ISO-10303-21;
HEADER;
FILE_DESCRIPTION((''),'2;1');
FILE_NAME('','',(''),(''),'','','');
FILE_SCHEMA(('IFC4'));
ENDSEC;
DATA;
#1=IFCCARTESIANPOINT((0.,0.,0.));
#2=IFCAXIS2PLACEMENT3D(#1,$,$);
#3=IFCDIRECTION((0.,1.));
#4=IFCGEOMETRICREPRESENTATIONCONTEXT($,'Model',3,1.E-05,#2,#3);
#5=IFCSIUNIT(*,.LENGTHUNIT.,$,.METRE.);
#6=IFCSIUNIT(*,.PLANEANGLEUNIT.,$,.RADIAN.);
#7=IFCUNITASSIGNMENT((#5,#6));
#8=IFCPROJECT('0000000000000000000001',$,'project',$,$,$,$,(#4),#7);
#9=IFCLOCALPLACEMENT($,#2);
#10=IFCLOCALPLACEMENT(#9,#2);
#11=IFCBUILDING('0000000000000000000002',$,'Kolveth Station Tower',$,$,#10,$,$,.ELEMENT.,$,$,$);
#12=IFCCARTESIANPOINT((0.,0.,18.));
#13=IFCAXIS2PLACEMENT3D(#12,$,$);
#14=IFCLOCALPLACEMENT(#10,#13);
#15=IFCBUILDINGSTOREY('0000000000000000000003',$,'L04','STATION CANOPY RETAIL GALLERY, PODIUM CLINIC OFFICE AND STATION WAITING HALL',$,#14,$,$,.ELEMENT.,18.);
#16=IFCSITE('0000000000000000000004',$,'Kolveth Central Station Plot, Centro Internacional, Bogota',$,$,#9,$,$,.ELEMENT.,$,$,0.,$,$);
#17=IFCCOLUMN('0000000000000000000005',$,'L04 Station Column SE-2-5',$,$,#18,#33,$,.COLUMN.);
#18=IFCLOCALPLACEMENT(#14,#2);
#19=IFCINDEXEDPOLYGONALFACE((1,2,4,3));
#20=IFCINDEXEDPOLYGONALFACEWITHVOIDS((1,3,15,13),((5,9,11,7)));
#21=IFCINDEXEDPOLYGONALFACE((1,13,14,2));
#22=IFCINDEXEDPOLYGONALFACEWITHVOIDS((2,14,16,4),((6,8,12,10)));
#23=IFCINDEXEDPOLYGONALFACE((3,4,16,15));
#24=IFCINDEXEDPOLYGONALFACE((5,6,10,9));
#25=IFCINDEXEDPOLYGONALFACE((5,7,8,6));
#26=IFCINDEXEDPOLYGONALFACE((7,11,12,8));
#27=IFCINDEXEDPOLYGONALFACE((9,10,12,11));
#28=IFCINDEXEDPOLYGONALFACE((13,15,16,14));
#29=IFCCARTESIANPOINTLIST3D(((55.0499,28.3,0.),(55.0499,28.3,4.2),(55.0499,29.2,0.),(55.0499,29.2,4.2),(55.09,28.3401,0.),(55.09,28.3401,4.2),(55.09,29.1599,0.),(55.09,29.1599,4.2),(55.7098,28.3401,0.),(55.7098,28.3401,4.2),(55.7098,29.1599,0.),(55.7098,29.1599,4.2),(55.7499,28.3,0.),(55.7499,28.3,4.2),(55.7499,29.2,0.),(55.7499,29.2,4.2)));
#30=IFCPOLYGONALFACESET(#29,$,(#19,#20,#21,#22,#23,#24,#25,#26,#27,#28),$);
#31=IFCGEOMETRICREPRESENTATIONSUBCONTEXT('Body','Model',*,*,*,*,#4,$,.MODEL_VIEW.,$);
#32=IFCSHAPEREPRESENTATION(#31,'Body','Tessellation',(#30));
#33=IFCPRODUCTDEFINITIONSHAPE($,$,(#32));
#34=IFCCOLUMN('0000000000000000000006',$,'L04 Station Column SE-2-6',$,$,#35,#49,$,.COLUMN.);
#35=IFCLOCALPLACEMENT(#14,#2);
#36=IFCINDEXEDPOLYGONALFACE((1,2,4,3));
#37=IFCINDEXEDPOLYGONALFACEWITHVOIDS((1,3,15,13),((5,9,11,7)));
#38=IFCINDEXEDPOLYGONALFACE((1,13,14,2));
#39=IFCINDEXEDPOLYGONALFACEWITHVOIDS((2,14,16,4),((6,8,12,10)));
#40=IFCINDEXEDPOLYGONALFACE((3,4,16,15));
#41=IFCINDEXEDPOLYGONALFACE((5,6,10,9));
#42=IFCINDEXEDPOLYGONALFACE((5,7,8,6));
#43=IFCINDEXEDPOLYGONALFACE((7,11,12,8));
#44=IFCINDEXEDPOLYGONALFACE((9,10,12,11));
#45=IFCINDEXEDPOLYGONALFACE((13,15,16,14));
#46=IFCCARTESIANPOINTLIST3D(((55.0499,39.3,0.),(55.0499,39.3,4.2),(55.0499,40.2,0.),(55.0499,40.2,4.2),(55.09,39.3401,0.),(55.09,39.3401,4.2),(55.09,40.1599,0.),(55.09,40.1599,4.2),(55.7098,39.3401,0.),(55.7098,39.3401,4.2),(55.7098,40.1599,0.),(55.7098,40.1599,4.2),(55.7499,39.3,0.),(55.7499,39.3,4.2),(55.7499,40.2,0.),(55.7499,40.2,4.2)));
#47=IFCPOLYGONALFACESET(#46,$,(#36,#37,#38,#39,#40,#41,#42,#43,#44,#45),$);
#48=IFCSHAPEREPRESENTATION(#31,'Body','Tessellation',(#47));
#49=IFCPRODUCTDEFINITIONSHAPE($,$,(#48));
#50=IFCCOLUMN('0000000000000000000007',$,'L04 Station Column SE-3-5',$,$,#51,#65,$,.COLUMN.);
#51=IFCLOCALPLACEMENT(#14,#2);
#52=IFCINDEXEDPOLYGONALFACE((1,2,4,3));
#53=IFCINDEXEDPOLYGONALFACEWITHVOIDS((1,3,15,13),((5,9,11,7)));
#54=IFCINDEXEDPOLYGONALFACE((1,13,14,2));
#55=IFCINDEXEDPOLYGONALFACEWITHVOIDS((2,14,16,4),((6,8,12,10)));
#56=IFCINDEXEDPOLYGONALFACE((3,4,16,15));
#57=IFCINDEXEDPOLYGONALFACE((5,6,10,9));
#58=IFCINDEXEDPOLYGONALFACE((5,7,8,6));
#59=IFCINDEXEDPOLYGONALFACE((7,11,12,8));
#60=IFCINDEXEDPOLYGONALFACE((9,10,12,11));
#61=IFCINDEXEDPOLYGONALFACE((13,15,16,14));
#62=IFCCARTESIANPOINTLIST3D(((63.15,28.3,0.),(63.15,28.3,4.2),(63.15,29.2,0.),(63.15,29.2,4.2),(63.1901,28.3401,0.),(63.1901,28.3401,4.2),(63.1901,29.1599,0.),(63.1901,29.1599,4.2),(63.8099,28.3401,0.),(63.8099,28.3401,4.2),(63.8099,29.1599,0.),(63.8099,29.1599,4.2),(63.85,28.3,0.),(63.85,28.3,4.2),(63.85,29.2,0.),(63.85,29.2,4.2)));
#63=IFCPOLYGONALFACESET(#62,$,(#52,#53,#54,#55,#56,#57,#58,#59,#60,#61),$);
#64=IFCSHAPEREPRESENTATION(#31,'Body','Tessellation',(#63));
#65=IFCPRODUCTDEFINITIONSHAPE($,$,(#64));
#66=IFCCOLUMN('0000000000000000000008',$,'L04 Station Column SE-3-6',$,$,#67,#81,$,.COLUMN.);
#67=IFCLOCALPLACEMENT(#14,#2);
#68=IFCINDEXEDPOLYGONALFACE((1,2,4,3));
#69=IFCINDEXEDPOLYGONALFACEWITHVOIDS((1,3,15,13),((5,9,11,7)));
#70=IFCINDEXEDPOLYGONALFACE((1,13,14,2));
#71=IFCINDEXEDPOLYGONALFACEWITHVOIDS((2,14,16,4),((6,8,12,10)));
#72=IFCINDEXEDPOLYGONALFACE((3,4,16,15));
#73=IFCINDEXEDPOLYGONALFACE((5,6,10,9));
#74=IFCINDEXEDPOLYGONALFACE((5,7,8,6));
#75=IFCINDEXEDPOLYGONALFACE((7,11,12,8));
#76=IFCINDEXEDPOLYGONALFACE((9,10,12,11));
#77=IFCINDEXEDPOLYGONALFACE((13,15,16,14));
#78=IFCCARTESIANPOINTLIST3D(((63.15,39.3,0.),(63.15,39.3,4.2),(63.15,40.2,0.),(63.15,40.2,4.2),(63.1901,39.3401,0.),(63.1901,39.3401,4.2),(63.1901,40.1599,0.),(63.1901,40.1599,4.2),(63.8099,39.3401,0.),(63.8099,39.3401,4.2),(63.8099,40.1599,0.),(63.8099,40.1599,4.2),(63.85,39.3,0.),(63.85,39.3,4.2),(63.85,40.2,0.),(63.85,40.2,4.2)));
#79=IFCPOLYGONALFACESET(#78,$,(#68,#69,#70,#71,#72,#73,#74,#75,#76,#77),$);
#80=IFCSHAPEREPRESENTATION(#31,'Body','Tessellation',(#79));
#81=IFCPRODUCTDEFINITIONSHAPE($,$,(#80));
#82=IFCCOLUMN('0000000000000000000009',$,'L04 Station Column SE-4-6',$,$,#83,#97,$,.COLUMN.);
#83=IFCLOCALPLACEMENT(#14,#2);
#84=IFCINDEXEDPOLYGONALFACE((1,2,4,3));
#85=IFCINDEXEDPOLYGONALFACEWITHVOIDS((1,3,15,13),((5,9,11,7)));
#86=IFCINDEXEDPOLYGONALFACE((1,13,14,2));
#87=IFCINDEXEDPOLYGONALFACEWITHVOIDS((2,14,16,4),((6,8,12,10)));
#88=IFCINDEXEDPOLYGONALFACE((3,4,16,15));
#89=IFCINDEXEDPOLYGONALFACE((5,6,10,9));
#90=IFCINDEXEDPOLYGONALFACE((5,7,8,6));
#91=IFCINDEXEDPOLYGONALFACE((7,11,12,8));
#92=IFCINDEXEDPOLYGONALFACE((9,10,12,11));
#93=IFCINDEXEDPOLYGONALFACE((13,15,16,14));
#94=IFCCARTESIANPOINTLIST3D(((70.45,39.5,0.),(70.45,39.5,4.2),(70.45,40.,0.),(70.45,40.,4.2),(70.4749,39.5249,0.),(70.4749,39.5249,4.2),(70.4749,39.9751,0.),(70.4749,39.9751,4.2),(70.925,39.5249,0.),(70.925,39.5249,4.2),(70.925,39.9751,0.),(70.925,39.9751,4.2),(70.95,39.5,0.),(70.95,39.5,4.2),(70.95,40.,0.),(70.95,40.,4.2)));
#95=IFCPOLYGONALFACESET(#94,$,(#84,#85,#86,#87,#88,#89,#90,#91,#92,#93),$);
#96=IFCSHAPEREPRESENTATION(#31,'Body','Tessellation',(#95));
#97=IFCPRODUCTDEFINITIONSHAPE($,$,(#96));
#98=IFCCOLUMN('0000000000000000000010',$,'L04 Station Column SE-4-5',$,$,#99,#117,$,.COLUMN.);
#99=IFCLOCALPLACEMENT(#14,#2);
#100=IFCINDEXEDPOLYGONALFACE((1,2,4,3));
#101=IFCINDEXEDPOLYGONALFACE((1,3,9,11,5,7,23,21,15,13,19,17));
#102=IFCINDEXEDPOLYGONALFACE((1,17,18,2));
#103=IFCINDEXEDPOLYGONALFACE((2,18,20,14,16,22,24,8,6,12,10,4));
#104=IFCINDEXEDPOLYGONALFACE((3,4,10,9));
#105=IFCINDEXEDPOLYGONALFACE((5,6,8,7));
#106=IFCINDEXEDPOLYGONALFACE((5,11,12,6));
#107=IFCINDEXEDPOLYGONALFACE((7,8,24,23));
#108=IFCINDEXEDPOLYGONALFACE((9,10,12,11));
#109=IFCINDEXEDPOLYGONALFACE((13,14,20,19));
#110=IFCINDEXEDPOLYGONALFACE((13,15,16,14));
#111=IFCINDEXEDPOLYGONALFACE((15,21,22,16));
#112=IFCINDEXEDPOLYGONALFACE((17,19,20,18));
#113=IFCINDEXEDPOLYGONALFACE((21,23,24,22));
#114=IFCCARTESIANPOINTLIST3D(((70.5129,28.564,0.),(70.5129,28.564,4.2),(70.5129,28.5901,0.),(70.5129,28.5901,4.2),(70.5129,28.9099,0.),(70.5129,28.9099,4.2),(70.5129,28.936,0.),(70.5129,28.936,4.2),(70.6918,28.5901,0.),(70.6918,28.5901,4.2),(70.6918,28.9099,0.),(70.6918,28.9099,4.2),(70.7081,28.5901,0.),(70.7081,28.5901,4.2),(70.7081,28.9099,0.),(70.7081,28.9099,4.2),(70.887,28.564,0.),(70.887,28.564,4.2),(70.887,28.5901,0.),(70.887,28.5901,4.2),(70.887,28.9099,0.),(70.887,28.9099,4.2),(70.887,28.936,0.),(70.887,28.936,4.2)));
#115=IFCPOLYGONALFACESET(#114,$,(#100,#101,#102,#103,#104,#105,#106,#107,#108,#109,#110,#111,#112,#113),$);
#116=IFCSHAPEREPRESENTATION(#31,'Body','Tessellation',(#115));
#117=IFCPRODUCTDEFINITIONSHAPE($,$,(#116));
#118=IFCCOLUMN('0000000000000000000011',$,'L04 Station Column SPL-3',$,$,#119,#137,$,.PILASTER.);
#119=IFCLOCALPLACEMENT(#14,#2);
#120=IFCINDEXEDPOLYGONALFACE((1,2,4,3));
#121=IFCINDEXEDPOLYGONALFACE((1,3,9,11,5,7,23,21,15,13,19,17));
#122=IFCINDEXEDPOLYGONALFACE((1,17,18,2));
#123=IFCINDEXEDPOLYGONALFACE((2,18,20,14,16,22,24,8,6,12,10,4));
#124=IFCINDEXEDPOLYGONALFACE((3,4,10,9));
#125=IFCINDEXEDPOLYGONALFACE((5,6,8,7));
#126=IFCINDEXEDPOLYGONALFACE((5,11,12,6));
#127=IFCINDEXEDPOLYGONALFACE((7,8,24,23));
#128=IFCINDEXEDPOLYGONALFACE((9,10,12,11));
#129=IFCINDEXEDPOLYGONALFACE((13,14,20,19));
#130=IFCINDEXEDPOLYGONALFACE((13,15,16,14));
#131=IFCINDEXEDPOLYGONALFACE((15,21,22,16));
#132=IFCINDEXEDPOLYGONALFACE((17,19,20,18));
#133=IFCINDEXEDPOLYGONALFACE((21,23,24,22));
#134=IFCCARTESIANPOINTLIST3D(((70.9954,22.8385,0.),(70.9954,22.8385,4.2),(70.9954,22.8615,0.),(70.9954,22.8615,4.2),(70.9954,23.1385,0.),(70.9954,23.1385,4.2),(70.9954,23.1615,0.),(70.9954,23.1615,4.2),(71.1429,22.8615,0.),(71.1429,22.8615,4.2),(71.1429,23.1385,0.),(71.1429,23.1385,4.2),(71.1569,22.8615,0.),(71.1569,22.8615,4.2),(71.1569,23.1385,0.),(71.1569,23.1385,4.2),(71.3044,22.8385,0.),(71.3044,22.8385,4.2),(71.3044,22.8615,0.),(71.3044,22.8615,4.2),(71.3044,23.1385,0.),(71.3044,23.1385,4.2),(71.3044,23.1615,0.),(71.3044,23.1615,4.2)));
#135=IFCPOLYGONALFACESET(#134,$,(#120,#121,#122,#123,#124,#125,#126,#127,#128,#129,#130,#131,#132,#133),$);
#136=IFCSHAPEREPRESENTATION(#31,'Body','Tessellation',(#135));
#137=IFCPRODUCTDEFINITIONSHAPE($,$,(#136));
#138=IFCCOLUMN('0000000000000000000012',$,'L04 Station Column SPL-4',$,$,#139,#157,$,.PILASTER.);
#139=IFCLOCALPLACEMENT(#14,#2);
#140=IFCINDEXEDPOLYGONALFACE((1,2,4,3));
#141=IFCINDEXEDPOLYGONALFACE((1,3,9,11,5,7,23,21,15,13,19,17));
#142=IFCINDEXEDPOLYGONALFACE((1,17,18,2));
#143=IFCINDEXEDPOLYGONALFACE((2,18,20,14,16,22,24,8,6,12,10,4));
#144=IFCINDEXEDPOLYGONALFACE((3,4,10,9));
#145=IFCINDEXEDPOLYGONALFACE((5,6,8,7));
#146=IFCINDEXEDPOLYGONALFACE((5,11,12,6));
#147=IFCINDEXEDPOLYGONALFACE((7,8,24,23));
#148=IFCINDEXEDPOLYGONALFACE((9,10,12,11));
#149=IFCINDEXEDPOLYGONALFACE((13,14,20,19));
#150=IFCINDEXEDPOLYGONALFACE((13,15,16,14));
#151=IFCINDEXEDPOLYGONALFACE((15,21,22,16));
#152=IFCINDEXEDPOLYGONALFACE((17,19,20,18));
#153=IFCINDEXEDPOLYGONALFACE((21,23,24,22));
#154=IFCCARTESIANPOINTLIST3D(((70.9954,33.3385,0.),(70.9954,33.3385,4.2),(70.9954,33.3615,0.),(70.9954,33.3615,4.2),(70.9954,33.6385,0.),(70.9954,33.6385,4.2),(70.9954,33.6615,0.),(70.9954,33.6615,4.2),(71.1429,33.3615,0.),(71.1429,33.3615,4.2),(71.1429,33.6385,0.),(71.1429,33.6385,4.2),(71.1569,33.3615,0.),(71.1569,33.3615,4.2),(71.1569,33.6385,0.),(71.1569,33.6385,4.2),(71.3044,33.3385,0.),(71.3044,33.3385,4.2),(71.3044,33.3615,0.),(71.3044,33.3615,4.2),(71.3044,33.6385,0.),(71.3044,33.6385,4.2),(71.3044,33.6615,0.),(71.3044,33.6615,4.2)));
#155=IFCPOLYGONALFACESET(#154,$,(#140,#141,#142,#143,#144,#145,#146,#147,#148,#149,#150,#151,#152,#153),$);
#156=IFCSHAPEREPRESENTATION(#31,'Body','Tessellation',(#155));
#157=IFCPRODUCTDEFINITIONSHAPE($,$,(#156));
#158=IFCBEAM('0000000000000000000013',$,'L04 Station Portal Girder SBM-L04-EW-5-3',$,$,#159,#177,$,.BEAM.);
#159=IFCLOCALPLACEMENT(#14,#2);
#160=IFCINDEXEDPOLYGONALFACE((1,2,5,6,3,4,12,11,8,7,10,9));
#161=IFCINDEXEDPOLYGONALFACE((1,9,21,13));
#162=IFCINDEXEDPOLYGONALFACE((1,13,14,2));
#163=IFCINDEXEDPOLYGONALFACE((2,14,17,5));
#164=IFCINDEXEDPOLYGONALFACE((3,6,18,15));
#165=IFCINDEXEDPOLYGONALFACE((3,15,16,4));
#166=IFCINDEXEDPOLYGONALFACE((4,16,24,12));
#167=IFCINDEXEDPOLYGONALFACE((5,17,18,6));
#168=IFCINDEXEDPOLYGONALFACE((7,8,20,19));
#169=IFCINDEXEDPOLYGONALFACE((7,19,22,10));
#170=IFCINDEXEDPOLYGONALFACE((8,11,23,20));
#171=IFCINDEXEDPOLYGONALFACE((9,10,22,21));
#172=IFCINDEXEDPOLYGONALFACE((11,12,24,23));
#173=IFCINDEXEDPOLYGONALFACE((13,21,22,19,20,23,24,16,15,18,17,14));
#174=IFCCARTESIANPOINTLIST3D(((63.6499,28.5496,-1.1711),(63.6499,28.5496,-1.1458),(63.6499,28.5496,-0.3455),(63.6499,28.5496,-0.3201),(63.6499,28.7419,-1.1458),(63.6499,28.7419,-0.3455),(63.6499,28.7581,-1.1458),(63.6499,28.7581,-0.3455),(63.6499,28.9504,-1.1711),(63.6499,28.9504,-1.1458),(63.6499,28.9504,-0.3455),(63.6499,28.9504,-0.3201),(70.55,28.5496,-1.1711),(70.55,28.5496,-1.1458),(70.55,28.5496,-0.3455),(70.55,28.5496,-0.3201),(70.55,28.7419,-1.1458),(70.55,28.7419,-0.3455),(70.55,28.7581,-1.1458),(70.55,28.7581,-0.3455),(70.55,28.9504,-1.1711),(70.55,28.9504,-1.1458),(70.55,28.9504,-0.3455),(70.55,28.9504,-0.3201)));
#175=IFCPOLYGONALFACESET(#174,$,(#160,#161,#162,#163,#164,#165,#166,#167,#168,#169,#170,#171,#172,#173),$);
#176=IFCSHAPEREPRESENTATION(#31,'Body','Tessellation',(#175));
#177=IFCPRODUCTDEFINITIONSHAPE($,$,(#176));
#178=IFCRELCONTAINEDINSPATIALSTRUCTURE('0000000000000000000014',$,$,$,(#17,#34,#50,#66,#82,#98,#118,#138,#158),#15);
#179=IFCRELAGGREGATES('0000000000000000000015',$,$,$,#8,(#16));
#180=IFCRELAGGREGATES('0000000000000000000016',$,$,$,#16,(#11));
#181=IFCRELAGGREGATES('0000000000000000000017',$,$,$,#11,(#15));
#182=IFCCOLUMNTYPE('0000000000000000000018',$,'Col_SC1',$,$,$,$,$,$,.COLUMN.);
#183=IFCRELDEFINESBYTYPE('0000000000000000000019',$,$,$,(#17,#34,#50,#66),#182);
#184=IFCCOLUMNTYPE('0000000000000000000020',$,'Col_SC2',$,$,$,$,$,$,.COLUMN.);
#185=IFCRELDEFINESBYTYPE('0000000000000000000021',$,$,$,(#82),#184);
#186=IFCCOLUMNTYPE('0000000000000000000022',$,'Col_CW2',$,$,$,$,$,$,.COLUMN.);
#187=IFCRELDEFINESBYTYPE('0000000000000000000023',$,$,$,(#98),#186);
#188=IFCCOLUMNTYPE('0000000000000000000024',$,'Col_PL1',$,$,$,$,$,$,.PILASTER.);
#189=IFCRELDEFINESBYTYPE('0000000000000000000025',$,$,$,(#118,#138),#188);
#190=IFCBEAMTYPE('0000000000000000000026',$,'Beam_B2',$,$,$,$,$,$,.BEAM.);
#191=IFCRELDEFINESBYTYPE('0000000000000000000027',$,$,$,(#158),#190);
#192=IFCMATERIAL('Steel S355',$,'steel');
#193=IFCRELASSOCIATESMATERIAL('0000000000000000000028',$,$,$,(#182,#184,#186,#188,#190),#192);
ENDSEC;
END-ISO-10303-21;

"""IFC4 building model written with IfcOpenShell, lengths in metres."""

from ifc_helpers import new_model, si_unit, direction, frame, origin, origin_2d, place, context, subcontext, project, spatial, hollow_rectangle, i_section, extrude, source, transform, mapped, material, material_profile, profile_set, type_object, element, save


model = new_model("IFC4")

# Units and contexts
model_context = context("Model", 3, precision=1e-05, world=origin(), true_north=direction((0.0, 1.0)))
body_context = subcontext(model_context, "Body", "Model", "MODEL_VIEW")
ifc_project = project(units=[si_unit("LENGTHUNIT", "METRE"), si_unit("PLANEANGLEUNIT", "RADIAN")], contexts=[model_context])

# Site, building, storey
site_placement = place(None, origin())
site = spatial("IfcSite", under=ifc_project, at=site_placement, Name="Kolveth Central Station Plot, Centro Internacional, Bogota", CompositionType="ELEMENT", RefElevation=0.0)
building_placement = place(site_placement, origin())
building = spatial("IfcBuilding", under=site, at=building_placement, Name="Kolveth Station Tower", CompositionType="ELEMENT")
storey_placement = place(building_placement, frame((0.0, 0.0, 18.0)))
storey = spatial("IfcBuildingStorey", under=building, at=storey_placement, Name="L04", Description="STATION CANOPY RETAIL GALLERY, PODIUM CLINIC OFFICE AND STATION WAITING HALL", CompositionType="ELEMENT", Elevation=18.0)

# Columns
ifc_material_1 = material(Name="Steel S355", Category="steel")
ifc_material_profile_1 = material_profile(ifc_material_1, hollow_rectangle(XDim=0.7, YDim=0.8999, WallThickness=0.04, at=origin_2d()), Name="BOX900x700x40")
ifc_profile_set_1 = profile_set([ifc_material_profile_1], Name="Steel S355")
column_type_1 = type_object("IfcColumnType", Name="Col_SC1", PredefinedType="COLUMN", material=ifc_profile_set_1)
shared_shape_1 = source(origin(), body_context, "Body", "SweptSolid", [
    extrude(hollow_rectangle(XDim=0.7, YDim=0.8999, WallThickness=0.04, at=origin_2d()), origin(), (0.0, 0.0, 1.0), 4.2),
])
for number, where, z_axis, x_axis, name in (
    (1, (55.3999, 28.75, 0.0), (0.0, 0.0, 1.0), (1.0, 0.0, 0.0), "L04 Station Column SE-2-5"),
    (2, (55.3999, 39.75, 0.0), (0.0, 0.0, 1.0), (1.0, 0.0, 0.0), "L04 Station Column SE-2-6"),
    (3, (63.5, 28.75, 0.0), (0.0, 0.0, 1.0), (1.0, 0.0, 0.0), "L04 Station Column SE-3-5"),
    (4, (63.5, 39.75, 0.0), (0.0, 0.0, 1.0), (1.0, 0.0, 0.0), "L04 Station Column SE-3-6"),
):
    element("IfcColumn", number, at=place(storey_placement, frame(where, z_axis=z_axis, x_axis=x_axis)), inside=storey, type_object=column_type_1, Name=name, PredefinedType="COLUMN", context=body_context, shape_type="MappedRepresentation", body=[
        mapped(shared_shape_1, transform((0.0, 0.0, 0.0), x_axis=(1.0, 0.0, 0.0), y_axis=(0.0, 1.0, 0.0), z_axis=(0.0, 0.0, 1.0), scale=1.0)),
    ])
ifc_material_profile_2 = material_profile(ifc_material_1, hollow_rectangle(XDim=0.5, YDim=0.5, WallThickness=0.0249, at=origin_2d()), Name="HSS500x500x25")
ifc_profile_set_2 = profile_set([ifc_material_profile_2], Name="Steel S355")
column_type_2 = type_object("IfcColumnType", Name="Col_SC2", PredefinedType="COLUMN", material=ifc_profile_set_2)
shared_shape_2 = source(origin(), body_context, "Body", "SweptSolid", [
    extrude(hollow_rectangle(XDim=0.5, YDim=0.5, WallThickness=0.0249, at=origin_2d()), origin(), (0.0, 0.0, 1.0), 4.2),
])
column_1_placement = place(storey_placement, frame((70.7, 39.75, 0.0), z_axis=(0.0, 0.0, 1.0), x_axis=(1.0, 0.0, 0.0)))
element("IfcColumn", 5, at=column_1_placement, inside=storey, type_object=column_type_2, Name="L04 Station Column SE-4-6", PredefinedType="COLUMN", context=body_context, shape_type="MappedRepresentation", body=[
    mapped(shared_shape_2, transform((0.0, 0.0, 0.0), x_axis=(1.0, 0.0, 0.0), y_axis=(0.0, 1.0, 0.0), z_axis=(0.0, 0.0, 1.0), scale=1.0)),
])
ifc_material_profile_3 = material_profile(ifc_material_1, i_section(OverallWidth=0.374, OverallDepth=0.3721, WebThickness=0.0164, FlangeThickness=0.0261, at=origin_2d()), Name="W360x196")
ifc_profile_set_3 = profile_set([ifc_material_profile_3], Name="Steel S355")
column_type_3 = type_object("IfcColumnType", Name="Col_CW2", PredefinedType="COLUMN", material=ifc_profile_set_3)
shared_shape_3 = source(origin(), body_context, "Body", "SweptSolid", [
    extrude(i_section(OverallWidth=0.374, OverallDepth=0.3721, WebThickness=0.0164, FlangeThickness=0.0261, at=origin_2d()), origin(), (0.0, 0.0, 1.0), 4.2),
])
column_2_placement = place(storey_placement, frame((70.7, 28.75, 0.0), z_axis=(0.0, 0.0, 1.0), x_axis=(1.0, 0.0, 0.0)))
element("IfcColumn", 6, at=column_2_placement, inside=storey, type_object=column_type_3, Name="L04 Station Column SE-4-5", PredefinedType="COLUMN", context=body_context, shape_type="MappedRepresentation", body=[
    mapped(shared_shape_3, transform((0.0, 0.0, 0.0), x_axis=(1.0, 0.0, 0.0), y_axis=(0.0, 1.0, 0.0), z_axis=(0.0, 0.0, 1.0), scale=1.0)),
])
ifc_material_profile_4 = material_profile(ifc_material_1, i_section(OverallWidth=0.3091, OverallDepth=0.323, WebThickness=0.0139, FlangeThickness=0.0229, at=origin_2d()), Name="W310x143")
ifc_profile_set_4 = profile_set([ifc_material_profile_4], Name="Steel S355")
column_type_4 = type_object("IfcColumnType", Name="Col_PL1", PredefinedType="PILASTER", material=ifc_profile_set_4)
shared_shape_4 = source(origin(), body_context, "Body", "SweptSolid", [
    extrude(i_section(OverallWidth=0.3091, OverallDepth=0.323, WebThickness=0.0139, FlangeThickness=0.0229, at=origin_2d()), origin(), (0.0, 0.0, 1.0), 4.2),
])
for number, where, z_axis, x_axis, name in (
    (7, (71.1499, 23.0, 0.0), (0.0, 0.0, 1.0), (1.0, 0.0, 0.0), "L04 Station Column SPL-3"),
    (8, (71.1499, 33.5, 0.0), (0.0, 0.0, 1.0), (1.0, 0.0, 0.0), "L04 Station Column SPL-4"),
):
    element("IfcColumn", number, at=place(storey_placement, frame(where, z_axis=z_axis, x_axis=x_axis)), inside=storey, type_object=column_type_4, Name=name, PredefinedType="PILASTER", context=body_context, shape_type="MappedRepresentation", body=[
        mapped(shared_shape_4, transform((0.0, 0.0, 0.0), x_axis=(1.0, 0.0, 0.0), y_axis=(0.0, 1.0, 0.0), z_axis=(0.0, 0.0, 1.0), scale=1.0)),
    ])

# Beam
ifc_material_profile_5 = material_profile(ifc_material_1, i_section(OverallWidth=0.4009, OverallDepth=0.8511, WebThickness=0.0161, FlangeThickness=0.0254, at=origin_2d()), Name="W840x226")
ifc_profile_set_5 = profile_set([ifc_material_profile_5], Name="Steel S355")
beam_type_1 = type_object("IfcBeamType", Name="Beam_B2", PredefinedType="BEAM", material=ifc_profile_set_5)
shared_shape_5 = source(origin(), body_context, "Body", "SweptSolid", [
    extrude(i_section(OverallWidth=0.4009, OverallDepth=0.8511, WebThickness=0.0161, FlangeThickness=0.0254, at=origin_2d()), origin(), (0.0, 0.0, 1.0), 6.9001),
])
for number, where, z_axis, x_axis, name in (
    (9, (63.6499, 28.75, -0.7456), (1.0, 0.0, 0.0), (0.0, 1.0, 0.0), "L04 Station Portal Girder SBM-L04-EW-5-3"),
):
    element("IfcBeam", number, at=place(storey_placement, frame(where, z_axis=z_axis, x_axis=x_axis)), inside=storey, type_object=beam_type_1, Name=name, PredefinedType="BEAM", context=body_context, shape_type="MappedRepresentation", body=[
        mapped(shared_shape_5, transform((0.0, 0.0, 0.0), x_axis=(1.0, 0.0, 0.0), y_axis=(0.0, 1.0, 0.0), z_axis=(0.0, 0.0, 1.0), scale=1.0)),
    ])

save(model, "model.ifc")
